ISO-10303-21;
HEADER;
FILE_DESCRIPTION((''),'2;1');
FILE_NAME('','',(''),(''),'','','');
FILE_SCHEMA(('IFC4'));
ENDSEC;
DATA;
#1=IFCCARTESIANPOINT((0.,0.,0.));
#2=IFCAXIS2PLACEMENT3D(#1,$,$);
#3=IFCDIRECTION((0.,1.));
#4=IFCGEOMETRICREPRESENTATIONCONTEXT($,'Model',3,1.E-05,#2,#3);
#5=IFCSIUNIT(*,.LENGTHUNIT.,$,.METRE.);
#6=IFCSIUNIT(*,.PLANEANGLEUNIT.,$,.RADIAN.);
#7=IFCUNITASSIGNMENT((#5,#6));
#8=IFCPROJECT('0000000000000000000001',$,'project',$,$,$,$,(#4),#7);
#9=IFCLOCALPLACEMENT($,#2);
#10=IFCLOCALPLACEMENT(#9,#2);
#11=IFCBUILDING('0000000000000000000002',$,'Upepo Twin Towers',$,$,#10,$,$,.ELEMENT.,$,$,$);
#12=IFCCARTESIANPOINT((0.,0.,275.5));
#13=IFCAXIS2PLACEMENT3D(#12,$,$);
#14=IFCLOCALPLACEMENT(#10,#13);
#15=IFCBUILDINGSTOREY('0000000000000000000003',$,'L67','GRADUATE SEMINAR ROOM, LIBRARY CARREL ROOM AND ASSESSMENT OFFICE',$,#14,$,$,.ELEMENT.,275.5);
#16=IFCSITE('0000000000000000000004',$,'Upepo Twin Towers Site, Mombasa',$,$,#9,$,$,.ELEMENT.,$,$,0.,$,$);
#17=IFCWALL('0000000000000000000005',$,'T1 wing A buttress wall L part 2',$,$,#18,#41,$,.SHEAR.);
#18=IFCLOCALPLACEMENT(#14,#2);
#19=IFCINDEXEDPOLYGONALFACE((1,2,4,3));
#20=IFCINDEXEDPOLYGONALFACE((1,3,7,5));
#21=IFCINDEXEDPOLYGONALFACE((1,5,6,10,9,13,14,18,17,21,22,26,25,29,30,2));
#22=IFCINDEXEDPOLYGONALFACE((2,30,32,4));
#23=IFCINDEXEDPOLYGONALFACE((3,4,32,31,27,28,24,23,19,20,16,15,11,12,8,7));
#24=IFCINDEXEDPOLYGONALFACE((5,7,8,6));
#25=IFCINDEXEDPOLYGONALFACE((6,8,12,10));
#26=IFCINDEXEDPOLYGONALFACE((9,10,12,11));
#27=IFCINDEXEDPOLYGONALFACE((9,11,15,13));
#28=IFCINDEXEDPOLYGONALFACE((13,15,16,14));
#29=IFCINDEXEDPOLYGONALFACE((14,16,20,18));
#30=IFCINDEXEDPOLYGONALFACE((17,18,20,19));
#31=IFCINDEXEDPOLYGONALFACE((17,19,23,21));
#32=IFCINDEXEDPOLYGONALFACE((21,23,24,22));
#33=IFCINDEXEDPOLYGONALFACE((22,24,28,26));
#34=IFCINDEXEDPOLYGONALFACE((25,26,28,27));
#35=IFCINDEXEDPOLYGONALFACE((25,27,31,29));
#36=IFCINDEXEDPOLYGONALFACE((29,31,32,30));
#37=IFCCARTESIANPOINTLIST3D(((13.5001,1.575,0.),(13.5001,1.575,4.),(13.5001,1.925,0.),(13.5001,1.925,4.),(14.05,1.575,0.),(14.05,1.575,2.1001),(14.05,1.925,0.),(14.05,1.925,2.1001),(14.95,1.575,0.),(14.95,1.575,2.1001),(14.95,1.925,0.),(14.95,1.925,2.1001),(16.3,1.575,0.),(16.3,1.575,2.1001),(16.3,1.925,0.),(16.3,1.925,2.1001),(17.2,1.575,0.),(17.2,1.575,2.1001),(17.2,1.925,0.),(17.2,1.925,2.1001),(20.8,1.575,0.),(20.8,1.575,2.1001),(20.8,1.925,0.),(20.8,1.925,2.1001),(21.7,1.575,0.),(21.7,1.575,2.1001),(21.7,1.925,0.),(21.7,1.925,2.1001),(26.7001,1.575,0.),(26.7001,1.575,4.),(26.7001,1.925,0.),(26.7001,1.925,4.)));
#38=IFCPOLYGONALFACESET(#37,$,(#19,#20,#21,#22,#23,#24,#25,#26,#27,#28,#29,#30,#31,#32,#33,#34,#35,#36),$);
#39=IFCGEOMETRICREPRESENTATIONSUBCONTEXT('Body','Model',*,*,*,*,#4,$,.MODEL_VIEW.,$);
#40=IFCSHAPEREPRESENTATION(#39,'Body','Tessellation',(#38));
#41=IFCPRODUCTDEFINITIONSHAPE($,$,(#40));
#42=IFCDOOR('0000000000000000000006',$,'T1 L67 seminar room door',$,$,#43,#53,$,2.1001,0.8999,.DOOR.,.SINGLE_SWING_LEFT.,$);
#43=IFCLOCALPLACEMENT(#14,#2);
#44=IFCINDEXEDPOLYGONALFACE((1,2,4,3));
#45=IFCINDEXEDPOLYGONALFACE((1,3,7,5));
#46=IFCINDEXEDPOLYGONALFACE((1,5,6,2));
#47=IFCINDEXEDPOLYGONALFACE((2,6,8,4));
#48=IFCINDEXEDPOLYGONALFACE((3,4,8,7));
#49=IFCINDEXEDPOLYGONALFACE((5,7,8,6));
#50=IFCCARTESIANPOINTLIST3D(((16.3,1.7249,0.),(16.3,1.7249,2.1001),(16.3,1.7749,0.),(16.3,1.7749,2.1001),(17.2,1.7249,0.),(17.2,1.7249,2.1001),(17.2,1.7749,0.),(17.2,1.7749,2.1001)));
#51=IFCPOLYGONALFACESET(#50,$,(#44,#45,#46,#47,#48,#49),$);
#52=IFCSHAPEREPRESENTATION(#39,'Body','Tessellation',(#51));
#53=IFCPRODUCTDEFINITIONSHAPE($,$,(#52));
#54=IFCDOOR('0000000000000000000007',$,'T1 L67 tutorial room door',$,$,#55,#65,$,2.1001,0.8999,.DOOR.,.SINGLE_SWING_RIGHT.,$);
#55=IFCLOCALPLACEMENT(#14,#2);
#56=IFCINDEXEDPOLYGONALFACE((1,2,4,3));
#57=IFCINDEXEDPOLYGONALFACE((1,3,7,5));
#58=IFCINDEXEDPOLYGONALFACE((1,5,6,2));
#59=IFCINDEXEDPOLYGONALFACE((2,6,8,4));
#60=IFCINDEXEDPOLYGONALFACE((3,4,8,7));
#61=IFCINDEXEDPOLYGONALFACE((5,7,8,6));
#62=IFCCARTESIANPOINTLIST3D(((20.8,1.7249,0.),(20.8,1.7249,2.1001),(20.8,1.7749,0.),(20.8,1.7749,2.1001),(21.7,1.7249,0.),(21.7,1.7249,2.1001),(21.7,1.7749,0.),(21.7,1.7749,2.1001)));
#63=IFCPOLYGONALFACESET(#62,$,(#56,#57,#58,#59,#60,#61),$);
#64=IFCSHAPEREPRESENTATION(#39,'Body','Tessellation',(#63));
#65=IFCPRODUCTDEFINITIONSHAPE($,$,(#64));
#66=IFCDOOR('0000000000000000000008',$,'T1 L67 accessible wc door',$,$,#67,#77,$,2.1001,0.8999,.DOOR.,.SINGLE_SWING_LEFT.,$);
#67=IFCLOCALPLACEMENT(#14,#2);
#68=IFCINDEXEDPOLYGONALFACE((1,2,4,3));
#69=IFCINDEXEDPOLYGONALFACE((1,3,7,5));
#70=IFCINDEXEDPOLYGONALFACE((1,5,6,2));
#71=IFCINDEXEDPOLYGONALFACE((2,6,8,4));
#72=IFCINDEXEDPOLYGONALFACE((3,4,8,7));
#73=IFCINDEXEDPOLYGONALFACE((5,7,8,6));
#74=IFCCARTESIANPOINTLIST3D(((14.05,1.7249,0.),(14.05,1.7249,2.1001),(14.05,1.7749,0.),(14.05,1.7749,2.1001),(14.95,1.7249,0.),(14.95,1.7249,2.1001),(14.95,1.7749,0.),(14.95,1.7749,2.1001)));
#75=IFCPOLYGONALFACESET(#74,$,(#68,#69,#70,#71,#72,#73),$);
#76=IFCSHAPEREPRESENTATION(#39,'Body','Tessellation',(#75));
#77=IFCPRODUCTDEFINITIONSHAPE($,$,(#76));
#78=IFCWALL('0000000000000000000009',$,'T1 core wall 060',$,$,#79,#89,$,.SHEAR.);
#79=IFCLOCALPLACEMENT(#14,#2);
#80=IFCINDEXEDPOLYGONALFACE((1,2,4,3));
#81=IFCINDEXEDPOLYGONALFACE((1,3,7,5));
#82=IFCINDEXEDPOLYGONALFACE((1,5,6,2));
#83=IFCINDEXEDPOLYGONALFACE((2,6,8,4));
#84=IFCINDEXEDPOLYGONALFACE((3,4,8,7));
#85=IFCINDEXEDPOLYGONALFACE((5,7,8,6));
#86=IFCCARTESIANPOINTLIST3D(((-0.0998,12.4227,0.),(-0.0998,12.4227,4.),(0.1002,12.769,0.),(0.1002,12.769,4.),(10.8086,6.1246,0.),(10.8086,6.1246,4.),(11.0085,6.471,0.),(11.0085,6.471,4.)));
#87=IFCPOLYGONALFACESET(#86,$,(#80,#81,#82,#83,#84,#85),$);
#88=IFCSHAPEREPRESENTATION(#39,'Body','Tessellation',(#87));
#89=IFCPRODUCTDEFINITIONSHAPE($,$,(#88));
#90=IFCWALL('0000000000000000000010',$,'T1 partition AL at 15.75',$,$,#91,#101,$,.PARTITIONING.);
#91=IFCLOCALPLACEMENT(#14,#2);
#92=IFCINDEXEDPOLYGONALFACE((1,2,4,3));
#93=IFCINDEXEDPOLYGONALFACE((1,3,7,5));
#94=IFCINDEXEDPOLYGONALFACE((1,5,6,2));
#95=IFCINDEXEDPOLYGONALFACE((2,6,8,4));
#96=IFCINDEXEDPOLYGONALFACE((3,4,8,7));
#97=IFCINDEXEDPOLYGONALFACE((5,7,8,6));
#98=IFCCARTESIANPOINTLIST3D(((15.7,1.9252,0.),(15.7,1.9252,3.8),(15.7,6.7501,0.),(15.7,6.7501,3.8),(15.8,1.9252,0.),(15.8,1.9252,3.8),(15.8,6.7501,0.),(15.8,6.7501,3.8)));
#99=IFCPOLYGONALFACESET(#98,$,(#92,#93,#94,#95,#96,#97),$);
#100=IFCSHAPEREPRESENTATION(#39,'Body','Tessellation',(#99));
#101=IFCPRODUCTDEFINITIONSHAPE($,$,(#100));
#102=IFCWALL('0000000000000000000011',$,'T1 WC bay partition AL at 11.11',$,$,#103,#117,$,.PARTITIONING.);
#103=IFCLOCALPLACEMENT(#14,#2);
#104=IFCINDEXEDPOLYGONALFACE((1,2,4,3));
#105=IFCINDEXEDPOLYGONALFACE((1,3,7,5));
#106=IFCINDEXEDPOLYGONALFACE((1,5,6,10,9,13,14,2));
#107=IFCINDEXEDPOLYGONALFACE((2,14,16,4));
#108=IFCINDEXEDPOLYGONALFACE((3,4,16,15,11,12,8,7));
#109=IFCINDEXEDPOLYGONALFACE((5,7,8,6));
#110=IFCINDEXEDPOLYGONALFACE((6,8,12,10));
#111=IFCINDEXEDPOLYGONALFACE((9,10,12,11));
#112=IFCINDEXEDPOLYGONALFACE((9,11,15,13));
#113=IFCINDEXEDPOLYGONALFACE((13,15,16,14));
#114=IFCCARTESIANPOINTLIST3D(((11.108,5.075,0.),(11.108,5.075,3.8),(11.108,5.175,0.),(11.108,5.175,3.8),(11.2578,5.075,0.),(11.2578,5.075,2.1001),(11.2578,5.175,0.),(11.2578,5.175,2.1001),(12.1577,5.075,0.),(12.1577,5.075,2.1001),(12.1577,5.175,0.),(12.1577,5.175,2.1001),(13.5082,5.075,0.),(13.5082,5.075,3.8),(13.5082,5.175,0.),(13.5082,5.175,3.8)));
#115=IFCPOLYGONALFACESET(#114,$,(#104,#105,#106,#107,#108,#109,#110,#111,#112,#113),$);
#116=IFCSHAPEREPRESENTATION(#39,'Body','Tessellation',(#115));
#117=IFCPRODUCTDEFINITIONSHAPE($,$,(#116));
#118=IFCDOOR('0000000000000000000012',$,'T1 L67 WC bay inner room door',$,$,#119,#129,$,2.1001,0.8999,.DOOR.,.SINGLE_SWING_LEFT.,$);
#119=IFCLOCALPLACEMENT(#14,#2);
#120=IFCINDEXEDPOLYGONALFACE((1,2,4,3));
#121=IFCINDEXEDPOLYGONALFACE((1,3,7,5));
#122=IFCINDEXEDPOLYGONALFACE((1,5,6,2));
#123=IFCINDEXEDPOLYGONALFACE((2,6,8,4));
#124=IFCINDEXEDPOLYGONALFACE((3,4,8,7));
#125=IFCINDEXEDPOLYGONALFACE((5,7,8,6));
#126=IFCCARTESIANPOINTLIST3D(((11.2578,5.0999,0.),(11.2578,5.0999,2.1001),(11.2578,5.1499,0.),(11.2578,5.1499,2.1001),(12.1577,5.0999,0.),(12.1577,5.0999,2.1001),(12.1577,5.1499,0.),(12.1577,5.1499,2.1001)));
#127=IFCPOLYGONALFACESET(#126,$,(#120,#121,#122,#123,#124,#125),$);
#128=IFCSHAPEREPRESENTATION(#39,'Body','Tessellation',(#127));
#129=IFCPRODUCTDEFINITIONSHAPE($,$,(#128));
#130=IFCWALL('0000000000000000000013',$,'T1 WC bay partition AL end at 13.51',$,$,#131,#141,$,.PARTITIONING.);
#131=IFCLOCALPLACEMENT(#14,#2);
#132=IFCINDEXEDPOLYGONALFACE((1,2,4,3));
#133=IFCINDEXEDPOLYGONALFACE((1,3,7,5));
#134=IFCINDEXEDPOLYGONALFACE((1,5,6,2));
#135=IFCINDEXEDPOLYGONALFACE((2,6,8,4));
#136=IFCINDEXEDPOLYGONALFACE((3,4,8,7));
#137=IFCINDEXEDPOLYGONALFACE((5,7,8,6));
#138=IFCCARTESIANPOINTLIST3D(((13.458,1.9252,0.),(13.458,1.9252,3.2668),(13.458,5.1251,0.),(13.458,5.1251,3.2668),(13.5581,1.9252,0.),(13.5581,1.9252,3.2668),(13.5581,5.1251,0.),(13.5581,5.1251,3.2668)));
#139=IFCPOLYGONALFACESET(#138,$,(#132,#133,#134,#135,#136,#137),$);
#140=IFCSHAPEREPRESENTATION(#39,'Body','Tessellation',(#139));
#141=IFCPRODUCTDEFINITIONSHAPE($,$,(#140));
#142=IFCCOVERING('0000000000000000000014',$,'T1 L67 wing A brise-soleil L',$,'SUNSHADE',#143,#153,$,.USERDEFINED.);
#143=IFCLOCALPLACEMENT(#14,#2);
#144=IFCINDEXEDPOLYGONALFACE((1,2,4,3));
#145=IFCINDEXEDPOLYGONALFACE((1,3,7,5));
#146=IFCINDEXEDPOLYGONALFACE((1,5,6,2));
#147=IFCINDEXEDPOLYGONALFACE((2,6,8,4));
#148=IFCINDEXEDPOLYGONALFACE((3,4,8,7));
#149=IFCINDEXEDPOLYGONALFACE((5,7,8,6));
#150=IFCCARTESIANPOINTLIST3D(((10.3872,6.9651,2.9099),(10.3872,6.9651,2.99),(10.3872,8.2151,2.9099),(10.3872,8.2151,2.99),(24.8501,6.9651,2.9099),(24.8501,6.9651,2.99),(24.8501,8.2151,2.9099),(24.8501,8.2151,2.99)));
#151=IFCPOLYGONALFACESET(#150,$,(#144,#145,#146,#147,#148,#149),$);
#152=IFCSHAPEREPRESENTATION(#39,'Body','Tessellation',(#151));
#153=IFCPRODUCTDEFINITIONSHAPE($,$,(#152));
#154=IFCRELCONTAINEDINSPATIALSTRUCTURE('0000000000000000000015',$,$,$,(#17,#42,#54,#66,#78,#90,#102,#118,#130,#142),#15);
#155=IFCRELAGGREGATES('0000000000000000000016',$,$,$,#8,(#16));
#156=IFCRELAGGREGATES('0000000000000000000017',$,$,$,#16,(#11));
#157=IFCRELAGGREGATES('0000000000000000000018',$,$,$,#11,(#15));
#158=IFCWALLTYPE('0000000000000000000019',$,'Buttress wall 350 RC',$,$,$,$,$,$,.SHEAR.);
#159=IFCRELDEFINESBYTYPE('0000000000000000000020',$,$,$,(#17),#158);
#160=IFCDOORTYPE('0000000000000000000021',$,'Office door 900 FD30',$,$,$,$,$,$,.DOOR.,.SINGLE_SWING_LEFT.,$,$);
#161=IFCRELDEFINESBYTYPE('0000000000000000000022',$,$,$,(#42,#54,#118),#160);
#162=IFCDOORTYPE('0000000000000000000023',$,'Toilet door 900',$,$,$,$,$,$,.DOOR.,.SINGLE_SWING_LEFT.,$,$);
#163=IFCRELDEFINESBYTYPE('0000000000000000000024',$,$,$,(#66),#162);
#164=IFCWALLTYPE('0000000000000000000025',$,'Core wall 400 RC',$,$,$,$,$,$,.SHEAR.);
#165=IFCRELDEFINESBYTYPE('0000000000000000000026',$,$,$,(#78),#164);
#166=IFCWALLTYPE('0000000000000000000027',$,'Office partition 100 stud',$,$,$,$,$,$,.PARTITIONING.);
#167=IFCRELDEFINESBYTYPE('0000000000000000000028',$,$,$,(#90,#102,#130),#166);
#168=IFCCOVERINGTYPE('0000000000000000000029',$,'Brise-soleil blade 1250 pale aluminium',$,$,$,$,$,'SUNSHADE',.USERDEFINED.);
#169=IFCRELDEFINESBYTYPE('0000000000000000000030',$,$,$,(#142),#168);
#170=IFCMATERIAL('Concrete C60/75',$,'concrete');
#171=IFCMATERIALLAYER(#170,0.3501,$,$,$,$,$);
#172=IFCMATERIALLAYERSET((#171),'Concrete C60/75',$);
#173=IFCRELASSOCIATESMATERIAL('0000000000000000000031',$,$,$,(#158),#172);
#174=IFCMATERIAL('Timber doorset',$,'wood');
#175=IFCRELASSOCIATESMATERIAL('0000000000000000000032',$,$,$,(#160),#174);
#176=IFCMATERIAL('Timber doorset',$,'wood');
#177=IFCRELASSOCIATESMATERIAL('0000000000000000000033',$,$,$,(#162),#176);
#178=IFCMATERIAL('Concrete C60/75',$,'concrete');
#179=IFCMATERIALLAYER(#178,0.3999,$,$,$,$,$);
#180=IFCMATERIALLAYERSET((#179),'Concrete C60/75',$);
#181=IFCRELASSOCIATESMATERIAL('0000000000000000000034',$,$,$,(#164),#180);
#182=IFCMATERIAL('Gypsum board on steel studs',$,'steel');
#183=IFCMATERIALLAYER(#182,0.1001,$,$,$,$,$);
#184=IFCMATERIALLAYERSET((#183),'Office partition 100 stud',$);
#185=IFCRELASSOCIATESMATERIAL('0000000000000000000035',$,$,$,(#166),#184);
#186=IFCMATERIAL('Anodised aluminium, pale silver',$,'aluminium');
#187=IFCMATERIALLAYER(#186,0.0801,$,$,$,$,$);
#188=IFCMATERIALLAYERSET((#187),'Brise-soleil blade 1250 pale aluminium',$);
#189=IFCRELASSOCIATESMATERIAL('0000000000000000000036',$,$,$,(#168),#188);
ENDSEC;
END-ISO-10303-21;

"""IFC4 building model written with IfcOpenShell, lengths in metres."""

from ifc_helpers import new_model, si_unit, direction, frame, frame_2d, origin, origin_2d, place, context, subcontext, project, spatial, rectangle, extrude, material, layer, layer_set, type_object, element, fill, save


model = new_model("IFC4")

# Units and contexts
model_context = context("Model", 3, precision=1e-05, world=origin(), true_north=direction((0.0, 1.0)))
body_context = subcontext(model_context, "Body", "Model", "MODEL_VIEW")
ifc_project = project(units=[si_unit("LENGTHUNIT", "METRE"), si_unit("PLANEANGLEUNIT", "RADIAN")], contexts=[model_context])

# Site, building, storey
site_placement = place(None, origin())
site = spatial("IfcSite", under=ifc_project, at=site_placement, Name="Upepo Twin Towers Site, Mombasa", CompositionType="ELEMENT", RefElevation=0.0)
building_placement = place(site_placement, origin())
building = spatial("IfcBuilding", under=site, at=building_placement, Name="Upepo Twin Towers", CompositionType="ELEMENT")
storey_placement = place(building_placement, frame((0.0, 0.0, 275.5)))
storey = spatial("IfcBuildingStorey", under=building, at=storey_placement, Name="L67", Description="GRADUATE SEMINAR ROOM, LIBRARY CARREL ROOM AND ASSESSMENT OFFICE", CompositionType="ELEMENT", Elevation=275.5)

# Shared definitions
ifc_material_1 = material(Name="Concrete C60/75", Category="concrete")
ifc_layer_1 = layer(ifc_material_1, 0.3501)
ifc_layer_set_1 = layer_set([ifc_layer_1], Name="Concrete C60/75")
wall_type_1 = type_object("IfcWallType", Name="Buttress wall 350 RC", PredefinedType="SHEAR", material=ifc_layer_set_1)

# Wall, openings, doors
wall_1_placement = place(storey_placement, frame((13.5, 1.75, 0.0), z_axis=(0.0, 0.0, 1.0), x_axis=(1.0, 0.0, 0.0)))
wall_1 = element("IfcWall", 1, at=wall_1_placement, inside=storey, type_object=wall_type_1, Name="T1 wing A buttress wall L part 2", PredefinedType="SHEAR", context=body_context, shape_type="SweptSolid", body=[
    extrude(rectangle(XDim=13.2, YDim=0.3501, at=frame_2d((6.6001, 0.0))), origin(), (0.0, 0.0, 1.0), 4.0),
])
opening_1_placement = place(wall_1_placement, frame((0.55, 0.0, 0.0)))
opening_1 = element("IfcOpeningElement", 2, at=opening_1_placement, cuts=wall_1, PredefinedType="OPENING", context=body_context, shape_type="SweptSolid", body=[
    extrude(rectangle(XDim=0.8999, YDim=2.1001, at=frame_2d((0.45, 1.05))), frame((0.0, 0.1851, 0.0), z_axis=(0.0, -1.0, 0.0), x_axis=(1.0, 0.0, 0.0)), (0.0, 0.0, 1.0), 0.3701),
])
opening_2_placement = place(wall_1_placement, frame((2.8, 0.0, 0.0)))
opening_2 = element("IfcOpeningElement", 3, at=opening_2_placement, cuts=wall_1, PredefinedType="OPENING", context=body_context, shape_type="SweptSolid", body=[
    extrude(rectangle(XDim=0.8999, YDim=2.1001, at=frame_2d((0.45, 1.05))), frame((0.0, 0.1851, 0.0), z_axis=(0.0, -1.0, 0.0), x_axis=(1.0, 0.0, 0.0)), (0.0, 0.0, 1.0), 0.3701),
])
opening_3_placement = place(wall_1_placement, frame((7.3, 0.0, 0.0)))
opening_3 = element("IfcOpeningElement", 4, at=opening_3_placement, cuts=wall_1, PredefinedType="OPENING", context=body_context, shape_type="SweptSolid", body=[
    extrude(rectangle(XDim=0.8999, YDim=2.1001, at=frame_2d((0.45, 1.05))), frame((0.0, 0.1851, 0.0), z_axis=(0.0, -1.0, 0.0), x_axis=(1.0, 0.0, 0.0)), (0.0, 0.0, 1.0), 0.3701),
])
ifc_material_2 = material(Name="Timber doorset", Category="wood")
door_type_1 = type_object("IfcDoorType", Name="Office door 900 FD30", OperationType="SINGLE_SWING_LEFT", PredefinedType="DOOR", material=ifc_material_2)
door_1_placement = place(opening_2_placement, origin())
door_1 = element("IfcDoor", 5, at=door_1_placement, inside=storey, type_object=door_type_1, Name="T1 L67 seminar room door", OperationType="SINGLE_SWING_LEFT", OverallHeight=2.1001, OverallWidth=0.8999, PredefinedType="DOOR", context=body_context, shape_type="SweptSolid", body=[
    extrude(rectangle(XDim=0.8999, YDim=2.1001, at=frame_2d((0.45, 1.05))), frame((0.0, 0.0249, 0.0), z_axis=(0.0, -1.0, 0.0), x_axis=(1.0, 0.0, 0.0)), (0.0, 0.0, 1.0), 0.05),
])
fill(opening_2, door_1)
door_2_placement = place(opening_3_placement, origin())
door_2 = element("IfcDoor", 6, at=door_2_placement, inside=storey, type_object=door_type_1, Name="T1 L67 tutorial room door", OperationType="SINGLE_SWING_RIGHT", OverallHeight=2.1001, OverallWidth=0.8999, PredefinedType="DOOR", context=body_context, shape_type="SweptSolid", body=[
    extrude(rectangle(XDim=0.8999, YDim=2.1001, at=frame_2d((0.45, 1.05))), frame((0.0, 0.0249, 0.0), z_axis=(0.0, -1.0, 0.0), x_axis=(1.0, 0.0, 0.0)), (0.0, 0.0, 1.0), 0.05),
])
fill(opening_3, door_2)
ifc_material_3 = material(Name="Timber doorset", Category="wood")
door_type_2 = type_object("IfcDoorType", Name="Toilet door 900", OperationType="SINGLE_SWING_LEFT", PredefinedType="DOOR", material=ifc_material_3)
door_3_placement = place(opening_1_placement, origin())
door_3 = element("IfcDoor", 7, at=door_3_placement, inside=storey, type_object=door_type_2, Name="T1 L67 accessible wc door", OperationType="SINGLE_SWING_LEFT", OverallHeight=2.1001, OverallWidth=0.8999, PredefinedType="DOOR", context=body_context, shape_type="SweptSolid", body=[
    extrude(rectangle(XDim=0.8999, YDim=2.1001, at=frame_2d((0.45, 1.05))), frame((0.0, 0.0249, 0.0), z_axis=(0.0, -1.0, 0.0), x_axis=(1.0, 0.0, 0.0)), (0.0, 0.0, 1.0), 0.05),
])
fill(opening_1, door_3)

# Walls
ifc_material_4 = material(Name="Concrete C60/75", Category="concrete")
ifc_layer_2 = layer(ifc_material_4, 0.3999)
ifc_layer_set_2 = layer_set([ifc_layer_2], Name="Concrete C60/75")
wall_type_2 = type_object("IfcWallType", Name="Core wall 400 RC", PredefinedType="SHEAR", material=ifc_layer_set_2)
wall_2_placement = place(storey_placement, frame((10.9084, 6.2979, 0.0), z_axis=(0.0, 0.0, 1.0), x_axis=(-0.866022, 0.500006, 0.0)))
element("IfcWall", 8, at=wall_2_placement, inside=storey, type_object=wall_type_2, Name="T1 core wall 060", PredefinedType="SHEAR", context=body_context, shape_type="SweptSolid", body=[
    extrude(rectangle(XDim=12.5959, YDim=0.3999, at=frame_2d((6.2979, 0.0))), origin(), (0.0, 0.0, 1.0), 4.0),
])
ifc_material_5 = material(Name="Gypsum board on steel studs", Category="steel")
ifc_layer_3 = layer(ifc_material_5, 0.1001)
ifc_layer_set_3 = layer_set([ifc_layer_3], Name="Office partition 100 stud")
wall_type_3 = type_object("IfcWallType", Name="Office partition 100 stud", PredefinedType="PARTITIONING", material=ifc_layer_set_3)
wall_3_placement = place(storey_placement, frame((15.75, 1.925, 0.0), z_axis=(0.0, 0.0, 1.0), x_axis=(0.0, 1.0, 0.0)))
element("IfcWall", 9, at=wall_3_placement, inside=storey, type_object=wall_type_3, Name="T1 partition AL at 15.75", PredefinedType="PARTITIONING", context=body_context, shape_type="SweptSolid", body=[
    extrude(rectangle(XDim=4.825, YDim=0.1001, at=frame_2d((2.4126, 0.0))), origin(), (0.0, 0.0, 1.0), 3.8),
])

# Wall, opening, door
wall_4_placement = place(storey_placement, frame((11.1079, 5.125, 0.0), z_axis=(0.0, 0.0, 1.0), x_axis=(1.0, 0.0, 0.0)))
wall_4 = element("IfcWall", 10, at=wall_4_placement, inside=storey, type_object=wall_type_3, Name="T1 WC bay partition AL at 11.11", PredefinedType="PARTITIONING", context=body_context, shape_type="SweptSolid", body=[
    extrude(rectangle(XDim=2.4001, YDim=0.1001, at=frame_2d((1.2002, 0.0))), origin(), (0.0, 0.0, 1.0), 3.8),
])
opening_4_placement = place(wall_4_placement, frame((0.1499, 0.0, 0.0)))
opening_4 = element("IfcOpeningElement", 11, at=opening_4_placement, cuts=wall_4, PredefinedType="OPENING", context=body_context, shape_type="SweptSolid", body=[
    extrude(rectangle(XDim=0.8999, YDim=2.1001, at=frame_2d((0.45, 1.05))), frame((0.0, 0.0601, 0.0), z_axis=(0.0, -1.0, 0.0), x_axis=(1.0, 0.0, 0.0)), (0.0, 0.0, 1.0), 0.1201),
])
door_4_placement = place(opening_4_placement, origin())
door_4 = element("IfcDoor", 12, at=door_4_placement, inside=storey, type_object=door_type_1, Name="T1 L67 WC bay inner room door", OperationType="SINGLE_SWING_LEFT", OverallHeight=2.1001, OverallWidth=0.8999, PredefinedType="DOOR", context=body_context, shape_type="SweptSolid", body=[
    extrude(rectangle(XDim=0.8999, YDim=2.1001, at=frame_2d((0.45, 1.05))), frame((0.0, 0.0249, 0.0), z_axis=(0.0, -1.0, 0.0), x_axis=(1.0, 0.0, 0.0)), (0.0, 0.0, 1.0), 0.05),
])
fill(opening_4, door_4)

# Wall
wall_5_placement = place(storey_placement, frame((13.5081, 1.925, 0.0), z_axis=(0.0, 0.0, 1.0), x_axis=(0.0, 1.0, 0.0)))
element("IfcWall", 13, at=wall_5_placement, inside=storey, type_object=wall_type_3, Name="T1 WC bay partition AL end at 13.51", PredefinedType="PARTITIONING", context=body_context, shape_type="SweptSolid", body=[
    extrude(rectangle(XDim=3.2, YDim=0.1001, at=frame_2d((1.6001, 0.0))), origin(), (0.0, 0.0, 1.0), 3.2668),
])

# Covering
ifc_material_6 = material(Name="Anodised aluminium, pale silver", Category="aluminium")
ifc_layer_4 = layer(ifc_material_6, 0.0801)
ifc_layer_set_4 = layer_set([ifc_layer_4], Name="Brise-soleil blade 1250 pale aluminium")
covering_type = type_object("IfcCoveringType", Name="Brise-soleil blade 1250 pale aluminium", ElementType="SUNSHADE", PredefinedType="USERDEFINED", material=ifc_layer_set_4)
covering_placement = place(storey_placement, frame((17.6187, 7.5901, 2.9099), z_axis=(0.0, 0.0, 1.0), x_axis=(1.0, 0.0, 0.0)))
element("IfcCovering", 14, at=covering_placement, inside=storey, type_object=covering_type, Name="T1 L67 wing A brise-soleil L", ObjectType="SUNSHADE", PredefinedType="USERDEFINED", context=body_context, shape_type="SweptSolid", body=[
    extrude(rectangle(XDim=14.4629, YDim=1.25, at=origin_2d()), origin(), (0.0, 0.0, 1.0), 0.0801),
])

save(model, "model.ifc")
